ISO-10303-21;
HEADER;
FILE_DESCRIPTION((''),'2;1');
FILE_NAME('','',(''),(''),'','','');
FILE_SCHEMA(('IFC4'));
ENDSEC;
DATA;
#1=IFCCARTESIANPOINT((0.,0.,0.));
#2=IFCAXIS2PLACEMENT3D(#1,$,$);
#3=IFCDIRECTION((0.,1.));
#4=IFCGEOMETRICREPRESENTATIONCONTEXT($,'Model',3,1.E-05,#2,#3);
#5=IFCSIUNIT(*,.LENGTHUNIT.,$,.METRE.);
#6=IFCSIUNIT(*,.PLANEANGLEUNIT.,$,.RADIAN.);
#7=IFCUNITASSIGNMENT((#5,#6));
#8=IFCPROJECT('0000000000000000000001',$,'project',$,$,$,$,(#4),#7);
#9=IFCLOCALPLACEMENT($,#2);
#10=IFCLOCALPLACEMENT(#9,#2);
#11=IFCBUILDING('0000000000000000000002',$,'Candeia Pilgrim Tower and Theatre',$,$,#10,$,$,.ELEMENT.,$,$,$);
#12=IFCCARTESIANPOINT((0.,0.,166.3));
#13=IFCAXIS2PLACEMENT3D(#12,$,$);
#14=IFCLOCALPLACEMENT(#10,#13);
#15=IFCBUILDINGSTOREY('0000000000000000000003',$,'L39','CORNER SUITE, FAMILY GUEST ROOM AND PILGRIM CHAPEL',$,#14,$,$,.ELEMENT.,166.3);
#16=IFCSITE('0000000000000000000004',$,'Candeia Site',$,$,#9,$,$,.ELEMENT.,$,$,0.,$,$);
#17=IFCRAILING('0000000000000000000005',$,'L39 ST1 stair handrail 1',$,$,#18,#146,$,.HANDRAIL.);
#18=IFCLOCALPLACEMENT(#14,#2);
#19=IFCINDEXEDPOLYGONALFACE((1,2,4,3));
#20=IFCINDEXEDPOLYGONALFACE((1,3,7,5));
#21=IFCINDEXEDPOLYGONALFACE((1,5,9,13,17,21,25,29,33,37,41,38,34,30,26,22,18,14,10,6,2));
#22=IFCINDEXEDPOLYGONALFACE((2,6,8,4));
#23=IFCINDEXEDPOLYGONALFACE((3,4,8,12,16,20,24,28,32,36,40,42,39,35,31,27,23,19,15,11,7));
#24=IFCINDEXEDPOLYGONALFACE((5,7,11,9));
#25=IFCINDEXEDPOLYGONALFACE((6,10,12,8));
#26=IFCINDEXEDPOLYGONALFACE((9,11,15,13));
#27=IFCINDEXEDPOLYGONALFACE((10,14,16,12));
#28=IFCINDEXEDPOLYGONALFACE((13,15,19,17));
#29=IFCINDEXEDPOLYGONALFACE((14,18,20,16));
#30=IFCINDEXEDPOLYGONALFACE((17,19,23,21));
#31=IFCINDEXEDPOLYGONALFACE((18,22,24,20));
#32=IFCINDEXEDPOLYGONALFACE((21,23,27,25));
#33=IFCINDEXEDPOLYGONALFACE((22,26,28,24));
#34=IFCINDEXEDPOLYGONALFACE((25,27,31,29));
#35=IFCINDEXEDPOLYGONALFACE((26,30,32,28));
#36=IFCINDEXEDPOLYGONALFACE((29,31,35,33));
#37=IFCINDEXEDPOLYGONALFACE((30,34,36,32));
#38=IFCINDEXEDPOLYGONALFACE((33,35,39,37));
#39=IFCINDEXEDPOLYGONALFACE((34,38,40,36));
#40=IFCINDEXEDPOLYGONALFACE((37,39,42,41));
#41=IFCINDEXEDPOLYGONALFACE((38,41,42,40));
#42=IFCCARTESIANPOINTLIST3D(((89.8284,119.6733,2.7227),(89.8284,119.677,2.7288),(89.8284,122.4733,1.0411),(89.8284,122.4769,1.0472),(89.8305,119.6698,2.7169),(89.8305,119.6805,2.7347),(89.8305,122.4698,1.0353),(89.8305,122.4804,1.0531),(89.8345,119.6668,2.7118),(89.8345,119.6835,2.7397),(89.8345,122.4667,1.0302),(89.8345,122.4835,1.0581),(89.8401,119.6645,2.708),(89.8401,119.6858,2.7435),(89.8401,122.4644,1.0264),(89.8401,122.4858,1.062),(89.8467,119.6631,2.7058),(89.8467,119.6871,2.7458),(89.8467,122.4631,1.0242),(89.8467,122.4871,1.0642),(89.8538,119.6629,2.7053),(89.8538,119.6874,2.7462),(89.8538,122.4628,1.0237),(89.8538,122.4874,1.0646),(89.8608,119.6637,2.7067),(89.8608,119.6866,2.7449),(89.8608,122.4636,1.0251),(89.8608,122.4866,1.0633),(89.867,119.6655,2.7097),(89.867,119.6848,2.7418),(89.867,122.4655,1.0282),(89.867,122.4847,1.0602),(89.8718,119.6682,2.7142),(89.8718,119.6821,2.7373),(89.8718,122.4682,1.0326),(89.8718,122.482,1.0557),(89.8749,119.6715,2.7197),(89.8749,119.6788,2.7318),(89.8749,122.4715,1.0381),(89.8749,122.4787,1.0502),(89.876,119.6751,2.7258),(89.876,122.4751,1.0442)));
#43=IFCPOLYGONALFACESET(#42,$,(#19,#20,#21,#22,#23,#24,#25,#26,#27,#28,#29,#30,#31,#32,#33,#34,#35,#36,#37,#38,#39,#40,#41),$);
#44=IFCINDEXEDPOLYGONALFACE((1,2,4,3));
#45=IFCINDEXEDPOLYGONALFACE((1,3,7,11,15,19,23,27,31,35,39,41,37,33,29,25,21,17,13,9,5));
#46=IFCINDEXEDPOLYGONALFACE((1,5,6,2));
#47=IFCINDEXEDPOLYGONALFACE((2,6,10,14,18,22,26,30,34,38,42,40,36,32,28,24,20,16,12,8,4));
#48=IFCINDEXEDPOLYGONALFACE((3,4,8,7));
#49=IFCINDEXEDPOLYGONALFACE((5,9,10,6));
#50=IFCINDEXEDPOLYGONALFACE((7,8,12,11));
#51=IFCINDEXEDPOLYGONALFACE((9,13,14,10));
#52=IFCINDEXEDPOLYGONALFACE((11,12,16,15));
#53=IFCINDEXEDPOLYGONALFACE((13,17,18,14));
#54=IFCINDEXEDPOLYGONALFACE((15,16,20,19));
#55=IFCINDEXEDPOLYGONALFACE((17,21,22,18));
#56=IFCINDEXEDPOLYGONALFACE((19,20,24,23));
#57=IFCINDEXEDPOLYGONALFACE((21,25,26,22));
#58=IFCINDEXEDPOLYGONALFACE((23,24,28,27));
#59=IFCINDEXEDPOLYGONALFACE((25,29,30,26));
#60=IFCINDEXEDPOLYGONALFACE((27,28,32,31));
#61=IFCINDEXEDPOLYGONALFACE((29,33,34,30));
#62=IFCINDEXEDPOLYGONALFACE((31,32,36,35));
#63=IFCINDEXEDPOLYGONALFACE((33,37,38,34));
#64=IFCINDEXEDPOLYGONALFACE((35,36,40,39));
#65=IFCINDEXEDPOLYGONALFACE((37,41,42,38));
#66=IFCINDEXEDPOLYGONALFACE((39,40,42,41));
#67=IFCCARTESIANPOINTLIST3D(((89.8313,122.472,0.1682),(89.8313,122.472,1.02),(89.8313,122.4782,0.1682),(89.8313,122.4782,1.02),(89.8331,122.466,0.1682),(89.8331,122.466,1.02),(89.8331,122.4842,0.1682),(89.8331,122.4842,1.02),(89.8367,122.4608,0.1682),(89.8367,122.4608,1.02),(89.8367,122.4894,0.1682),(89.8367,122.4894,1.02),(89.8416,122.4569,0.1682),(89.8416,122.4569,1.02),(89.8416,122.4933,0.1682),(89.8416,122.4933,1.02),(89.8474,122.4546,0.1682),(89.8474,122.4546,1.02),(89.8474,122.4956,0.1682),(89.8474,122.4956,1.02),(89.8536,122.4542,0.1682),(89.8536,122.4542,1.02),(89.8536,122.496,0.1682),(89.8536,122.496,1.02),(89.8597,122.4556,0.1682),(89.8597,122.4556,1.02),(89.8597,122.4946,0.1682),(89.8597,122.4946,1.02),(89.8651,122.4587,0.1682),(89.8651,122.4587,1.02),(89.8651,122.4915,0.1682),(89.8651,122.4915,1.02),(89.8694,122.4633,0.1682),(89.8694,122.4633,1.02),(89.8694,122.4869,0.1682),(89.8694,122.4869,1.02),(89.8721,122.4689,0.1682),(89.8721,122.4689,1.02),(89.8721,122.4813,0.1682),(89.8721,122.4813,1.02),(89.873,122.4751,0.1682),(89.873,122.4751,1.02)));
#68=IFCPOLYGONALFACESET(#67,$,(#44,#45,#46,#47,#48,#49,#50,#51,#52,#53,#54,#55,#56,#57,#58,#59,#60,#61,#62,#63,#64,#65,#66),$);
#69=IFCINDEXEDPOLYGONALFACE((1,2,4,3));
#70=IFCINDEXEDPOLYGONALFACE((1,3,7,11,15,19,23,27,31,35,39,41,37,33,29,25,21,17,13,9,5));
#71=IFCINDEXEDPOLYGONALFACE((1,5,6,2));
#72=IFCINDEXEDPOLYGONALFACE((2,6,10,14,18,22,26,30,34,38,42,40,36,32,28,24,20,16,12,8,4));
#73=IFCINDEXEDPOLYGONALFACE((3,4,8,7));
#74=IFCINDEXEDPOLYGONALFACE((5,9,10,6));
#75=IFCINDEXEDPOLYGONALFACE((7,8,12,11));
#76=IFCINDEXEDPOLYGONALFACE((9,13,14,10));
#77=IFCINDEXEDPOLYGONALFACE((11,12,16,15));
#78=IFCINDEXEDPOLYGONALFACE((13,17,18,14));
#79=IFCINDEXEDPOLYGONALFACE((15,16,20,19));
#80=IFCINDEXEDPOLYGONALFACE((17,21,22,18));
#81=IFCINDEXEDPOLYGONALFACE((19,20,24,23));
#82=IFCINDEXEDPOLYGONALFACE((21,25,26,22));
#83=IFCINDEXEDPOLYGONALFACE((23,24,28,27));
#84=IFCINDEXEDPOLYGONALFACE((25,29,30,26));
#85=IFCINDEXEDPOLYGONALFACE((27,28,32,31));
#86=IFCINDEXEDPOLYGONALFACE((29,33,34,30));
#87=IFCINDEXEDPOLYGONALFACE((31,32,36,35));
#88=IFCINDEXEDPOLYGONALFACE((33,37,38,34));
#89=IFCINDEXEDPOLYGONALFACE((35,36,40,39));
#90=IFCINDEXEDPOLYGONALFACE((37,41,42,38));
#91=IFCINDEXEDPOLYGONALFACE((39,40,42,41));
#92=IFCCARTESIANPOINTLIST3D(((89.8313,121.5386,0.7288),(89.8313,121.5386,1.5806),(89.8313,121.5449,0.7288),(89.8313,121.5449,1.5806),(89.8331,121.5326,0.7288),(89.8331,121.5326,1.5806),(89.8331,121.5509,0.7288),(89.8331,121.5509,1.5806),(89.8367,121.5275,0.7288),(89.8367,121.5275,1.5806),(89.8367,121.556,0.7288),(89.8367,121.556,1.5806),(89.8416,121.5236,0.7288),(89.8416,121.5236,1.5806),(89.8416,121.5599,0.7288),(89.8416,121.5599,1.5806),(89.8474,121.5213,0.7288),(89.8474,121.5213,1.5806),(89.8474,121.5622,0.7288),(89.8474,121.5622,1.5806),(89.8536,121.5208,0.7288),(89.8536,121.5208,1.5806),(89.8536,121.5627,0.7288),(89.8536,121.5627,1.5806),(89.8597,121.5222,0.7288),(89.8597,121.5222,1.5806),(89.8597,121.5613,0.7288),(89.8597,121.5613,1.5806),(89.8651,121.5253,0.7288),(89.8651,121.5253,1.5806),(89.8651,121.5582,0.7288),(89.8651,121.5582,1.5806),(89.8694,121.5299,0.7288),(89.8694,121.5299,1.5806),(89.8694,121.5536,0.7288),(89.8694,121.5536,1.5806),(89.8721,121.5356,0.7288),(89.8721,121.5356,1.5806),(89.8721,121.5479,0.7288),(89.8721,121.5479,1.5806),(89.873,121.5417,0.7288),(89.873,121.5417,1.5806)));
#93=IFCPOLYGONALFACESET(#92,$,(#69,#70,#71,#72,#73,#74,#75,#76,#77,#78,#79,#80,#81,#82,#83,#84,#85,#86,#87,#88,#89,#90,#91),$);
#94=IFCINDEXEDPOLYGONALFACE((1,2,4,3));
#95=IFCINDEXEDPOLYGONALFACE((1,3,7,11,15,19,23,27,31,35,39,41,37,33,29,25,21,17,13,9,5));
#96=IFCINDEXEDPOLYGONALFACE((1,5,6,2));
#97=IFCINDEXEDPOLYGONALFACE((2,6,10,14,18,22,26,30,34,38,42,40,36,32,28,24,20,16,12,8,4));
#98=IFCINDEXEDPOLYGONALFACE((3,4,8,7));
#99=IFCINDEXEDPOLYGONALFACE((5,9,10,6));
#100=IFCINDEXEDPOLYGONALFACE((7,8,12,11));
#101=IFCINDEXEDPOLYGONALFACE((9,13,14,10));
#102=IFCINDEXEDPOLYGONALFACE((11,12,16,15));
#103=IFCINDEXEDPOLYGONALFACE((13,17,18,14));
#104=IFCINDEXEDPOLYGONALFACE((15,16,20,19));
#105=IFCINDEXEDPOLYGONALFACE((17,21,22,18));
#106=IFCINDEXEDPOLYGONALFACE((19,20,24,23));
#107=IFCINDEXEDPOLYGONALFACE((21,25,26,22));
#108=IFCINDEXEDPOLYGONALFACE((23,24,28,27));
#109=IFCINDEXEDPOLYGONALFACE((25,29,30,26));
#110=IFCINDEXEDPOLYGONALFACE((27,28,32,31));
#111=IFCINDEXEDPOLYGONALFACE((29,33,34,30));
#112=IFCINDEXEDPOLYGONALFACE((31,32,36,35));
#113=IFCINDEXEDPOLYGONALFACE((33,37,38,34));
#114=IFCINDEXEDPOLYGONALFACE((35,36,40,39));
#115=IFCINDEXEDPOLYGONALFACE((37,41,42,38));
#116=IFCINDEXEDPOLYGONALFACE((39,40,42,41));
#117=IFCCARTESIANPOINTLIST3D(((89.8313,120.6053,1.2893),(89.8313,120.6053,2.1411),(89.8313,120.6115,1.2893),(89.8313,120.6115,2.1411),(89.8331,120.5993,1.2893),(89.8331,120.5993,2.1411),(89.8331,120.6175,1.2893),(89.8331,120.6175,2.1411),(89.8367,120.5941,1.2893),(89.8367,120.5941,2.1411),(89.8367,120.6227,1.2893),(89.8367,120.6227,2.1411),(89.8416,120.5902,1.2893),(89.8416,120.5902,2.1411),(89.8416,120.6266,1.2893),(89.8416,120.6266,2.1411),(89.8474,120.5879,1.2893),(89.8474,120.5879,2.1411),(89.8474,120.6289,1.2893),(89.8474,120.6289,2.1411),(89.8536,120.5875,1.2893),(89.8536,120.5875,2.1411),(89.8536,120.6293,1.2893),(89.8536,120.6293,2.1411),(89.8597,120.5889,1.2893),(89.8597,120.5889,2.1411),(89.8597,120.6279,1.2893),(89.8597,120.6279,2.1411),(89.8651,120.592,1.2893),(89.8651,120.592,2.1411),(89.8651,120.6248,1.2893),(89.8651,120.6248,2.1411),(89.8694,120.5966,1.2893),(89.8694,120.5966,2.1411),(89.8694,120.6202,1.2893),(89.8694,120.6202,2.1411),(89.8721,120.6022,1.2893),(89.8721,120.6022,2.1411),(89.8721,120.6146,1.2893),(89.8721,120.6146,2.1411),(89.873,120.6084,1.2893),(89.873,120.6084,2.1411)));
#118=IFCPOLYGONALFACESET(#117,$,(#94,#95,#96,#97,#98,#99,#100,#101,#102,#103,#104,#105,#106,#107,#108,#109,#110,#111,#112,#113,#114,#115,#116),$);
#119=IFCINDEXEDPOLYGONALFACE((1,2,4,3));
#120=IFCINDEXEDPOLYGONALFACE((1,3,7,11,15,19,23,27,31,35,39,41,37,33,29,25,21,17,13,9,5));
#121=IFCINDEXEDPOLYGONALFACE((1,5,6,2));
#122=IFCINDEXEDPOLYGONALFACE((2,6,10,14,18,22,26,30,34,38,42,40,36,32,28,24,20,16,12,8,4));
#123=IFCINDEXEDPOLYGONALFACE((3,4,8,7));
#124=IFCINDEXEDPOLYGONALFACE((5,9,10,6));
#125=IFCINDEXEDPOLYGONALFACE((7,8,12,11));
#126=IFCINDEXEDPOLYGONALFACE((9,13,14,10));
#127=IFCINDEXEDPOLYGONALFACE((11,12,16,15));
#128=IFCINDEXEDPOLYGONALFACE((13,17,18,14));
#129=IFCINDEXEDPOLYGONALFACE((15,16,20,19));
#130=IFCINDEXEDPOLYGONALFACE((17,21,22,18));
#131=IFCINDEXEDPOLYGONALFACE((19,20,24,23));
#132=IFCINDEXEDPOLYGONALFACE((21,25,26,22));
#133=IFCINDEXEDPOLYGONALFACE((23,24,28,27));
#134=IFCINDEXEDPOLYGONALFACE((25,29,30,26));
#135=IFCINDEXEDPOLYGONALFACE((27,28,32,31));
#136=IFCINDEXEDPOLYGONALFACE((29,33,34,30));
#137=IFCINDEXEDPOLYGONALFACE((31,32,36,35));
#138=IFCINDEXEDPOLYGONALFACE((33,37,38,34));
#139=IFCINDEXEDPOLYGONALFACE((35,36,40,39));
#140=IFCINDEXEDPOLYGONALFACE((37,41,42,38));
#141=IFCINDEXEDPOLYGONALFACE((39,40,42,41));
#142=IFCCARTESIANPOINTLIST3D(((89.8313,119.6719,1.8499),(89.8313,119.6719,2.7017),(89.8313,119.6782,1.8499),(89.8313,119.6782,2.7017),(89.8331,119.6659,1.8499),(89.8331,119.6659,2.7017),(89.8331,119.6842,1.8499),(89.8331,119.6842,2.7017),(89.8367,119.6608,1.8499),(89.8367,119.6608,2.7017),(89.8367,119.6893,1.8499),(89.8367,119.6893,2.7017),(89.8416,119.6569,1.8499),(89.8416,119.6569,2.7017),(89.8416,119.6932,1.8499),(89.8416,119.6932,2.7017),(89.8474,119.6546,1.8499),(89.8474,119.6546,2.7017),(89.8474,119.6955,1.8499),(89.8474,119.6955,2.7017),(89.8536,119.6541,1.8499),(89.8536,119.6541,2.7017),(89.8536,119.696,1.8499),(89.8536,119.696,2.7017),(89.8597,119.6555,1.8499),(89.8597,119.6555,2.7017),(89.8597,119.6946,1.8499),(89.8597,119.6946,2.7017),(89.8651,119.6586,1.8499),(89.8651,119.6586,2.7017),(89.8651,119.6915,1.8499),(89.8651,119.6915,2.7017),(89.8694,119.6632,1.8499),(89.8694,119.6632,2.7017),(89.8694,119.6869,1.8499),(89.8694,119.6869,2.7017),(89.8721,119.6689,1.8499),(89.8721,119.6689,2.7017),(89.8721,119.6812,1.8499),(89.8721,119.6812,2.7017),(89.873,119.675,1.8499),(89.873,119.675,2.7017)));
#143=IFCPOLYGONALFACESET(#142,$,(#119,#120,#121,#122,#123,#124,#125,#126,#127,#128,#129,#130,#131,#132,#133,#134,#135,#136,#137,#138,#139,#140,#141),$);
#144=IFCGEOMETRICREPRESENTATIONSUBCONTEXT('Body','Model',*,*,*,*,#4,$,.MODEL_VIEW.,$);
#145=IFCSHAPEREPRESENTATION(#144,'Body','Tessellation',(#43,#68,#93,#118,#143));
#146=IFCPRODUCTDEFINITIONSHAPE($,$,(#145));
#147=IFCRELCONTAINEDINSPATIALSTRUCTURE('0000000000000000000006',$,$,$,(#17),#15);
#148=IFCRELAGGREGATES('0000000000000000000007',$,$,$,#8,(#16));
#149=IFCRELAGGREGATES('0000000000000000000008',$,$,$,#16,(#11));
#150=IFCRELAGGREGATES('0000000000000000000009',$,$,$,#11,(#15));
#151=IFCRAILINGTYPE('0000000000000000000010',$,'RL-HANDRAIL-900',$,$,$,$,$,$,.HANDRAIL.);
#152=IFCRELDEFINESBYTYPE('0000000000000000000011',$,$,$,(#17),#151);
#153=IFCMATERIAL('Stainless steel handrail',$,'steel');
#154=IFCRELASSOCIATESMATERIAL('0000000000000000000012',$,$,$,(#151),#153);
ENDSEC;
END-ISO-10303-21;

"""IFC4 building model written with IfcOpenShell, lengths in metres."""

from ifc_helpers import new_model, si_unit, direction, frame, origin, origin_2d, place, context, subcontext, project, spatial, circle, extrude, material, type_object, element, save


model = new_model("IFC4")

# Units and contexts
model_context = context("Model", 3, precision=1e-05, world=origin(), true_north=direction((0.0, 1.0)))
body_context = subcontext(model_context, "Body", "Model", "MODEL_VIEW")
ifc_project = project(units=[si_unit("LENGTHUNIT", "METRE"), si_unit("PLANEANGLEUNIT", "RADIAN")], contexts=[model_context])

# Site, building, storey
site_placement = place(None, origin())
site = spatial("IfcSite", under=ifc_project, at=site_placement, Name="Candeia Site", CompositionType="ELEMENT", RefElevation=0.0)
building_placement = place(site_placement, origin())
building = spatial("IfcBuilding", under=site, at=building_placement, Name="Candeia Pilgrim Tower and Theatre", CompositionType="ELEMENT")
storey_placement = place(building_placement, frame((0.0, 0.0, 166.3)))
storey = spatial("IfcBuildingStorey", under=building, at=storey_placement, Name="L39", Description="CORNER SUITE, FAMILY GUEST ROOM AND PILGRIM CHAPEL", CompositionType="ELEMENT", Elevation=166.3)

# Railing
ifc_material_1 = material(Name="Stainless steel handrail", Category="steel")
railing_type_1 = type_object("IfcRailingType", Name="RL-HANDRAIL-900", PredefinedType="HANDRAIL", material=ifc_material_1)
railing_1_placement = place(storey_placement, frame((89.8521, 122.4751, 0.1682)))
element("IfcRailing", 1, at=railing_1_placement, inside=storey, type_object=railing_type_1, Name="L39 ST1 stair handrail 1", PredefinedType="HANDRAIL", context=body_context, shape_type="SweptSolid", body=[
    extrude(circle(Radius=0.0239, at=origin_2d()), frame((0.0, 0.0, 0.876), z_axis=(0.0, -0.857275, 0.514858), x_axis=(1.0, 0.0, 0.0)), (0.0, 0.0, 1.0), 3.2661),
    extrude(circle(Radius=0.021, at=origin_2d()), origin(), (0.0, 0.0, 1.0), 0.8518),
    extrude(circle(Radius=0.021, at=origin_2d()), frame((0.0, -0.9333, 0.5605)), (0.0, 0.0, 1.0), 0.8518),
    extrude(circle(Radius=0.021, at=origin_2d()), frame((0.0, -1.8667, 1.1211)), (0.0, 0.0, 1.0), 0.8518),
    extrude(circle(Radius=0.021, at=origin_2d()), frame((0.0, -2.8, 1.6816)), (0.0, 0.0, 1.0), 0.8518),
])

save(model, "model.ifc")
